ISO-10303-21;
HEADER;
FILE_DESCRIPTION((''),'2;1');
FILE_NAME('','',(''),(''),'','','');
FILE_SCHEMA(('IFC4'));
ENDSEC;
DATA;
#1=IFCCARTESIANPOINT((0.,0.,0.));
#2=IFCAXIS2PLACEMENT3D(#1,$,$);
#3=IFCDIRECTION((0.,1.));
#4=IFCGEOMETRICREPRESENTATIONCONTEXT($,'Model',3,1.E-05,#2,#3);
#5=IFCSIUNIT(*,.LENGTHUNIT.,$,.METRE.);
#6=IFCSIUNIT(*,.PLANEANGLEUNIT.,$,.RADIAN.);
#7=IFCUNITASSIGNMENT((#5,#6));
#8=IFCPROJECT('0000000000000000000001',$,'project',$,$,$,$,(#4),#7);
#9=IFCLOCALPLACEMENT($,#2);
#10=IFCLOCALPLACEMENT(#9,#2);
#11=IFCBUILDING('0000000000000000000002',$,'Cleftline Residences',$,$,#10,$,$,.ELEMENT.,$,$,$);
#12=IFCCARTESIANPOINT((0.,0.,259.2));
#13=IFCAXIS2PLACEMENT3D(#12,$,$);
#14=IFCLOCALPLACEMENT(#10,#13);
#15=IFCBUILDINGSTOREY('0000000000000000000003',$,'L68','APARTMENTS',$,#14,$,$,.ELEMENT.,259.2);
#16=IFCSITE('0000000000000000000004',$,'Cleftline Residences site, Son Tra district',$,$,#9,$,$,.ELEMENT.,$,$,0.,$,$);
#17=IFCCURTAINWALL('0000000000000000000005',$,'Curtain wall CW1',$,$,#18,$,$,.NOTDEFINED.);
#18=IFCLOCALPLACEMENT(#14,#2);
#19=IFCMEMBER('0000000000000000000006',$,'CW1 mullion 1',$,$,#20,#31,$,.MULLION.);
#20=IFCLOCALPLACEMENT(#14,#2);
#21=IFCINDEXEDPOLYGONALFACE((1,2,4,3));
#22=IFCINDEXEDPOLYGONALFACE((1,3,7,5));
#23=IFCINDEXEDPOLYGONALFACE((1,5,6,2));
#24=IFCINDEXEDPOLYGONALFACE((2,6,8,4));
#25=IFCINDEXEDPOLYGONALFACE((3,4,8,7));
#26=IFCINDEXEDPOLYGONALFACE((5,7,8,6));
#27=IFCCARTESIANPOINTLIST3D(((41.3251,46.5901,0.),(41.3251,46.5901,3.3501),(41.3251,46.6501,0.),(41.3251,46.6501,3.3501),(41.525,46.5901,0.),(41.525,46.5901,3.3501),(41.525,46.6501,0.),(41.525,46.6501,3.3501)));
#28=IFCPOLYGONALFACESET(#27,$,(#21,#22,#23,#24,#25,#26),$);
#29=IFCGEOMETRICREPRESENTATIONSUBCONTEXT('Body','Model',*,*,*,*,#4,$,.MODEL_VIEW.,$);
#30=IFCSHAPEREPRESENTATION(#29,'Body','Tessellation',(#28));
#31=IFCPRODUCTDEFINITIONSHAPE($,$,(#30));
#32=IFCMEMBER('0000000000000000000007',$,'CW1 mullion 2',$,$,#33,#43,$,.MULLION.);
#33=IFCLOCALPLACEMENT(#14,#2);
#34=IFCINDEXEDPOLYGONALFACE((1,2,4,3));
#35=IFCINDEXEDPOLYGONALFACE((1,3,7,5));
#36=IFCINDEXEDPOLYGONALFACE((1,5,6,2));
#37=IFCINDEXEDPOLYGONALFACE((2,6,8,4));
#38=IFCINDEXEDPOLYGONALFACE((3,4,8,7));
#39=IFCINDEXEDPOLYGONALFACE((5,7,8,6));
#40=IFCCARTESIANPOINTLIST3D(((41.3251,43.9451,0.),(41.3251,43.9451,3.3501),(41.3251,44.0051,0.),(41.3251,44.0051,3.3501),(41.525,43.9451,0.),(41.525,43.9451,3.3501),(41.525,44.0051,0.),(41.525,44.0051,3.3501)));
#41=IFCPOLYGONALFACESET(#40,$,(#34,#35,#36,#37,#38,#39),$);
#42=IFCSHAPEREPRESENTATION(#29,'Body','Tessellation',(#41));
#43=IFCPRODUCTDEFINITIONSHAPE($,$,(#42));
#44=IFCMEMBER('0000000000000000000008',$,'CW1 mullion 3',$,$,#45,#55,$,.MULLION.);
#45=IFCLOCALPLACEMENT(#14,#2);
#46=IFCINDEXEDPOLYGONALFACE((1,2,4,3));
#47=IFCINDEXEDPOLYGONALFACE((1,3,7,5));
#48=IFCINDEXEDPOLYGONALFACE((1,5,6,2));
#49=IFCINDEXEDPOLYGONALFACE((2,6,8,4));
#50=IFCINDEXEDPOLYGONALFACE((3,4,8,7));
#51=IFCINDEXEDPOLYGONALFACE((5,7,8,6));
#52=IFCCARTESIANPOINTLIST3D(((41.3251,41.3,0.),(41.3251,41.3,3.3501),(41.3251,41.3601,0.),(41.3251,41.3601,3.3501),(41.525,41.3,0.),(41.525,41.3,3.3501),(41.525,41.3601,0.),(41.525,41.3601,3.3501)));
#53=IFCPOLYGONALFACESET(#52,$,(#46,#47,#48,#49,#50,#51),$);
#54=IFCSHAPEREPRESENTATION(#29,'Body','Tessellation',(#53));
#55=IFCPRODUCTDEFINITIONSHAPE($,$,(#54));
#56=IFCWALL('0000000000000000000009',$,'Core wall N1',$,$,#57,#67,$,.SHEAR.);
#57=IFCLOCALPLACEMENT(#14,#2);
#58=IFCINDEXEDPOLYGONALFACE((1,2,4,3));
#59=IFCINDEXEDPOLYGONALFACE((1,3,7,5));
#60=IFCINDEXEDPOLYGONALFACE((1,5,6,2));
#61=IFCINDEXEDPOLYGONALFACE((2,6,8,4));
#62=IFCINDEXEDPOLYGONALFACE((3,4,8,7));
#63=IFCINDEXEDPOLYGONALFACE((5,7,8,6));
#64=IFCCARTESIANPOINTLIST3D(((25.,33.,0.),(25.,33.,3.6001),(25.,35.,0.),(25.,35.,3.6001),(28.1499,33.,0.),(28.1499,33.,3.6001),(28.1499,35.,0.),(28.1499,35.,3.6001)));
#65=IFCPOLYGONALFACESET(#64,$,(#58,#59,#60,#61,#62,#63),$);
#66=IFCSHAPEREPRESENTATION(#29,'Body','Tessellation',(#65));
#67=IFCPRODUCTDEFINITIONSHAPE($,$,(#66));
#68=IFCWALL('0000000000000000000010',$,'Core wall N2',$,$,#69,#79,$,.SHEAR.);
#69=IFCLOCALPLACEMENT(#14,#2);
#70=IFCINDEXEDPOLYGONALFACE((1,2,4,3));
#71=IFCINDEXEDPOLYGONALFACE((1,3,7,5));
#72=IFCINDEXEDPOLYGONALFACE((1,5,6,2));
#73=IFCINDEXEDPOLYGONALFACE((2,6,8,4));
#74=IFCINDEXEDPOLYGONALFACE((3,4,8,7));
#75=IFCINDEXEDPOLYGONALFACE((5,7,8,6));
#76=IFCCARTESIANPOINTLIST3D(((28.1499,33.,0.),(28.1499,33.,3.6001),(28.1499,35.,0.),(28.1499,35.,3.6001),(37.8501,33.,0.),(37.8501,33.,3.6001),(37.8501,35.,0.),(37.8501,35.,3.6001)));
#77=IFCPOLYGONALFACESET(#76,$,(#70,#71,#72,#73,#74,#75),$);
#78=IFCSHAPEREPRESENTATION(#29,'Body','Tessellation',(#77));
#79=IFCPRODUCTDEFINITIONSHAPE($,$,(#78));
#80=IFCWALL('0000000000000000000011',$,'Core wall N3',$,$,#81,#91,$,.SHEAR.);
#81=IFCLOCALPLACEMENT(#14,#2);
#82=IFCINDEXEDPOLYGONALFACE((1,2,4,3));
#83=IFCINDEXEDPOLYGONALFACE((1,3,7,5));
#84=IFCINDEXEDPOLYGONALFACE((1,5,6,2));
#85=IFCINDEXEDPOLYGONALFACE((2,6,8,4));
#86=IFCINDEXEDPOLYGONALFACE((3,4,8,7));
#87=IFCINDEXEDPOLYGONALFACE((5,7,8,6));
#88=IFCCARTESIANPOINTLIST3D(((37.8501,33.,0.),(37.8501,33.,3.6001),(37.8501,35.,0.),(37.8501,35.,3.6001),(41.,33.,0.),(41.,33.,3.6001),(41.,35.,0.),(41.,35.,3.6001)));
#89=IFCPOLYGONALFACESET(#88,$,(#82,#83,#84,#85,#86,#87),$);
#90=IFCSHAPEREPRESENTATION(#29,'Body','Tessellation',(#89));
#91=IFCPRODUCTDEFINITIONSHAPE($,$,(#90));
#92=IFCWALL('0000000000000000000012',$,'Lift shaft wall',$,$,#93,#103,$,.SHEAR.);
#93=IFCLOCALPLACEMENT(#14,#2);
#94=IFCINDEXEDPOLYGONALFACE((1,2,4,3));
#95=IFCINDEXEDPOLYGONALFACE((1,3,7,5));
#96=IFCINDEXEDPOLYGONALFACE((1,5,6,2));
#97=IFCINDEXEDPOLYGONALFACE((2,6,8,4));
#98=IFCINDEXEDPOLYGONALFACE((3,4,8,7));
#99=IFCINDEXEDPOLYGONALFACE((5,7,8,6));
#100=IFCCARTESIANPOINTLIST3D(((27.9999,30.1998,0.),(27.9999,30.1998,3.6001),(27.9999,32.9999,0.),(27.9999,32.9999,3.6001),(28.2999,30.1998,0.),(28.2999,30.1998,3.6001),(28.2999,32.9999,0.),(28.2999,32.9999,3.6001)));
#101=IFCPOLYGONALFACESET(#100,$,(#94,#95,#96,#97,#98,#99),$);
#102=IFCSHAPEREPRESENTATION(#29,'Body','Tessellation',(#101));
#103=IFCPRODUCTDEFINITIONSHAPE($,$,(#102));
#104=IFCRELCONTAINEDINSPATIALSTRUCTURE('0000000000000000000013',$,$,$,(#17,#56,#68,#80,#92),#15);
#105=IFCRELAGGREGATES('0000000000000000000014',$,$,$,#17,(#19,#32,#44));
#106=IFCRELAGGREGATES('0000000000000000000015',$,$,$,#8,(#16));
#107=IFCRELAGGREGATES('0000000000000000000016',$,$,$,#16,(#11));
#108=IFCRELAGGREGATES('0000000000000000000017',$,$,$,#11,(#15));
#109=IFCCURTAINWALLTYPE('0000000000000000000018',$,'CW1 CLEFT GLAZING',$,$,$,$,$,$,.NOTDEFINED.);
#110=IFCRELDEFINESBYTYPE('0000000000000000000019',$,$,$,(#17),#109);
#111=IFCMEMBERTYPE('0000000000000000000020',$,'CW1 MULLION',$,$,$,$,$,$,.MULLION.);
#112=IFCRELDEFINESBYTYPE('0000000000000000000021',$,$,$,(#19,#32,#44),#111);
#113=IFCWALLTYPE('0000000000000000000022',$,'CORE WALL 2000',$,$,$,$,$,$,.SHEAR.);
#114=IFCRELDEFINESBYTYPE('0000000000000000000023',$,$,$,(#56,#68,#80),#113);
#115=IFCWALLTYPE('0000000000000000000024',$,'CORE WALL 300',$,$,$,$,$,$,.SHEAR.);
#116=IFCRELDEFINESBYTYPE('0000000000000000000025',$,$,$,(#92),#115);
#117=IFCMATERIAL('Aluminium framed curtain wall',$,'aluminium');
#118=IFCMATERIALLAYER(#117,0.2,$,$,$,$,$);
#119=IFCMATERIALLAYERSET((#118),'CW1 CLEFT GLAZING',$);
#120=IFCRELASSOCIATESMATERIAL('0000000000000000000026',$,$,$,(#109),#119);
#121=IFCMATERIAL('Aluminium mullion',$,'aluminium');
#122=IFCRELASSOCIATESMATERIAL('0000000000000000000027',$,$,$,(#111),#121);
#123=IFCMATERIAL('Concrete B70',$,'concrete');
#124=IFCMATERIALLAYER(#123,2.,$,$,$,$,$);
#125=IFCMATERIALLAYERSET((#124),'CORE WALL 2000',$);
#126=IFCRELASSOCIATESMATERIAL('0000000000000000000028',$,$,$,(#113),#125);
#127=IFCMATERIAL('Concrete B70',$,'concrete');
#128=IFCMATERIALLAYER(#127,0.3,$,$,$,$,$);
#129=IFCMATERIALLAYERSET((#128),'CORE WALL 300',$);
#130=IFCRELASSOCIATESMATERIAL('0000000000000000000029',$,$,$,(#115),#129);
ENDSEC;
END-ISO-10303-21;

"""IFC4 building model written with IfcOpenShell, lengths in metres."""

from ifc_helpers import new_model, si_unit, direction, frame, frame_2d, origin, origin_2d, place, context, subcontext, project, spatial, rectangle, extrude, material, layer, layer_set, material_profile, profile_set, type_object, element, aggregate, save


model = new_model("IFC4")

# Units and contexts
model_context = context("Model", 3, precision=1e-05, world=origin(), true_north=direction((0.0, 1.0)))
body_context = subcontext(model_context, "Body", "Model", "MODEL_VIEW")
ifc_project = project(units=[si_unit("LENGTHUNIT", "METRE"), si_unit("PLANEANGLEUNIT", "RADIAN")], contexts=[model_context])

# Site, building, storey
site_placement = place(None, origin())
site = spatial("IfcSite", under=ifc_project, at=site_placement, Name="Cleftline Residences site, Son Tra district", CompositionType="ELEMENT", RefElevation=0.0)
building_placement = place(site_placement, origin())
building = spatial("IfcBuilding", under=site, at=building_placement, Name="Cleftline Residences", CompositionType="ELEMENT")
storey_placement = place(building_placement, frame((0.0, 0.0, 259.2)))
storey = spatial("IfcBuildingStorey", under=building, at=storey_placement, Name="L68", Description="APARTMENTS", CompositionType="ELEMENT", Elevation=259.2)

# Curtain wall, members
ifc_material_1 = material(Name="Aluminium framed curtain wall", Category="aluminium")
ifc_layer_1 = layer(ifc_material_1, 0.2)
ifc_layer_set_1 = layer_set([ifc_layer_1], Name="CW1 CLEFT GLAZING")
curtain_wall_type = type_object("IfcCurtainWallType", Name="CW1 CLEFT GLAZING", PredefinedType="NOTDEFINED", material=ifc_layer_set_1)
curtain_wall_placement = place(storey_placement, origin())
curtain_wall = element("IfcCurtainWall", 1, at=curtain_wall_placement, inside=storey, type_object=curtain_wall_type, Name="Curtain wall CW1", PredefinedType="NOTDEFINED")
ifc_material_2 = material(Name="Aluminium mullion", Category="aluminium")
ifc_material_profile = material_profile(ifc_material_2, rectangle(XDim=0.2, YDim=0.0601, at=origin_2d()))
ifc_profile_set = profile_set([ifc_material_profile], Name="Aluminium mullion")
member_type = type_object("IfcMemberType", Name="CW1 MULLION", PredefinedType="MULLION", material=ifc_profile_set)
member_1_placement = place(storey_placement, frame((41.425, 46.6201, 0.0), z_axis=(0.0, 0.0, 1.0), x_axis=(1.0, 0.0, 0.0)))
member_1 = element("IfcMember", 2, at=member_1_placement, type_object=member_type, Name="CW1 mullion 1", PredefinedType="MULLION", context=body_context, shape_type="SweptSolid", body=[
    extrude(rectangle(XDim=0.2, YDim=0.0601, at=origin_2d()), origin(), (0.0, 0.0, 1.0), 3.3501),
])
member_2_placement = place(storey_placement, frame((41.425, 43.9751, 0.0), z_axis=(0.0, 0.0, 1.0), x_axis=(1.0, 0.0, 0.0)))
member_2 = element("IfcMember", 3, at=member_2_placement, type_object=member_type, Name="CW1 mullion 2", PredefinedType="MULLION", context=body_context, shape_type="SweptSolid", body=[
    extrude(rectangle(XDim=0.2, YDim=0.0601, at=origin_2d()), origin(), (0.0, 0.0, 1.0), 3.3501),
])
member_3_placement = place(storey_placement, frame((41.425, 41.3301, 0.0), z_axis=(0.0, 0.0, 1.0), x_axis=(1.0, 0.0, 0.0)))
member_3 = element("IfcMember", 4, at=member_3_placement, type_object=member_type, Name="CW1 mullion 3", PredefinedType="MULLION", context=body_context, shape_type="SweptSolid", body=[
    extrude(rectangle(XDim=0.2, YDim=0.0601, at=origin_2d()), origin(), (0.0, 0.0, 1.0), 3.3501),
])
aggregate(curtain_wall, [member_1, member_2, member_3])

# Walls
ifc_material_3 = material(Name="Concrete B70", Category="concrete")
ifc_layer_2 = layer(ifc_material_3, 2.0)
ifc_layer_set_2 = layer_set([ifc_layer_2], Name="CORE WALL 2000")
wall_type_1 = type_object("IfcWallType", Name="CORE WALL 2000", PredefinedType="SHEAR", material=ifc_layer_set_2)
wall_1_placement = place(storey_placement, frame((25.0, 34.0, 0.0), z_axis=(0.0, 0.0, 1.0), x_axis=(1.0, 0.0, 0.0)))
element("IfcWall", 5, at=wall_1_placement, inside=storey, type_object=wall_type_1, Name="Core wall N1", PredefinedType="SHEAR", context=body_context, shape_type="SweptSolid", body=[
    extrude(rectangle(XDim=3.1499, YDim=2.0, at=frame_2d((1.575, 0.0))), origin(), (0.0, 0.0, 1.0), 3.6001),
])
wall_2_placement = place(storey_placement, frame((28.1499, 34.0, 0.0), z_axis=(0.0, 0.0, 1.0), x_axis=(1.0, 0.0, 0.0)))
element("IfcWall", 6, at=wall_2_placement, inside=storey, type_object=wall_type_1, Name="Core wall N2", PredefinedType="SHEAR", context=body_context, shape_type="SweptSolid", body=[
    extrude(rectangle(XDim=9.7002, YDim=2.0, at=frame_2d((4.8501, 0.0))), origin(), (0.0, 0.0, 1.0), 3.6001),
])
wall_3_placement = place(storey_placement, frame((37.8501, 34.0, 0.0), z_axis=(0.0, 0.0, 1.0), x_axis=(1.0, 0.0, 0.0)))
element("IfcWall", 7, at=wall_3_placement, inside=storey, type_object=wall_type_1, Name="Core wall N3", PredefinedType="SHEAR", context=body_context, shape_type="SweptSolid", body=[
    extrude(rectangle(XDim=3.1499, YDim=2.0, at=frame_2d((1.575, 0.0))), origin(), (0.0, 0.0, 1.0), 3.6001),
])
ifc_material_4 = material(Name="Concrete B70", Category="concrete")
ifc_layer_3 = layer(ifc_material_4, 0.3)
ifc_layer_set_3 = layer_set([ifc_layer_3], Name="CORE WALL 300")
wall_type_2 = type_object("IfcWallType", Name="CORE WALL 300", PredefinedType="SHEAR", material=ifc_layer_set_3)
wall_4_placement = place(storey_placement, frame((28.1499, 30.2, 0.0), z_axis=(0.0, 0.0, 1.0), x_axis=(0.0, 1.0, 0.0)))
element("IfcWall", 8, at=wall_4_placement, inside=storey, type_object=wall_type_2, Name="Lift shaft wall", PredefinedType="SHEAR", context=body_context, shape_type="SweptSolid", body=[
    extrude(rectangle(XDim=2.8, YDim=0.3, at=frame_2d((1.3999, 0.0))), origin(), (0.0, 0.0, 1.0), 3.6001),
])

save(model, "model.ifc")
